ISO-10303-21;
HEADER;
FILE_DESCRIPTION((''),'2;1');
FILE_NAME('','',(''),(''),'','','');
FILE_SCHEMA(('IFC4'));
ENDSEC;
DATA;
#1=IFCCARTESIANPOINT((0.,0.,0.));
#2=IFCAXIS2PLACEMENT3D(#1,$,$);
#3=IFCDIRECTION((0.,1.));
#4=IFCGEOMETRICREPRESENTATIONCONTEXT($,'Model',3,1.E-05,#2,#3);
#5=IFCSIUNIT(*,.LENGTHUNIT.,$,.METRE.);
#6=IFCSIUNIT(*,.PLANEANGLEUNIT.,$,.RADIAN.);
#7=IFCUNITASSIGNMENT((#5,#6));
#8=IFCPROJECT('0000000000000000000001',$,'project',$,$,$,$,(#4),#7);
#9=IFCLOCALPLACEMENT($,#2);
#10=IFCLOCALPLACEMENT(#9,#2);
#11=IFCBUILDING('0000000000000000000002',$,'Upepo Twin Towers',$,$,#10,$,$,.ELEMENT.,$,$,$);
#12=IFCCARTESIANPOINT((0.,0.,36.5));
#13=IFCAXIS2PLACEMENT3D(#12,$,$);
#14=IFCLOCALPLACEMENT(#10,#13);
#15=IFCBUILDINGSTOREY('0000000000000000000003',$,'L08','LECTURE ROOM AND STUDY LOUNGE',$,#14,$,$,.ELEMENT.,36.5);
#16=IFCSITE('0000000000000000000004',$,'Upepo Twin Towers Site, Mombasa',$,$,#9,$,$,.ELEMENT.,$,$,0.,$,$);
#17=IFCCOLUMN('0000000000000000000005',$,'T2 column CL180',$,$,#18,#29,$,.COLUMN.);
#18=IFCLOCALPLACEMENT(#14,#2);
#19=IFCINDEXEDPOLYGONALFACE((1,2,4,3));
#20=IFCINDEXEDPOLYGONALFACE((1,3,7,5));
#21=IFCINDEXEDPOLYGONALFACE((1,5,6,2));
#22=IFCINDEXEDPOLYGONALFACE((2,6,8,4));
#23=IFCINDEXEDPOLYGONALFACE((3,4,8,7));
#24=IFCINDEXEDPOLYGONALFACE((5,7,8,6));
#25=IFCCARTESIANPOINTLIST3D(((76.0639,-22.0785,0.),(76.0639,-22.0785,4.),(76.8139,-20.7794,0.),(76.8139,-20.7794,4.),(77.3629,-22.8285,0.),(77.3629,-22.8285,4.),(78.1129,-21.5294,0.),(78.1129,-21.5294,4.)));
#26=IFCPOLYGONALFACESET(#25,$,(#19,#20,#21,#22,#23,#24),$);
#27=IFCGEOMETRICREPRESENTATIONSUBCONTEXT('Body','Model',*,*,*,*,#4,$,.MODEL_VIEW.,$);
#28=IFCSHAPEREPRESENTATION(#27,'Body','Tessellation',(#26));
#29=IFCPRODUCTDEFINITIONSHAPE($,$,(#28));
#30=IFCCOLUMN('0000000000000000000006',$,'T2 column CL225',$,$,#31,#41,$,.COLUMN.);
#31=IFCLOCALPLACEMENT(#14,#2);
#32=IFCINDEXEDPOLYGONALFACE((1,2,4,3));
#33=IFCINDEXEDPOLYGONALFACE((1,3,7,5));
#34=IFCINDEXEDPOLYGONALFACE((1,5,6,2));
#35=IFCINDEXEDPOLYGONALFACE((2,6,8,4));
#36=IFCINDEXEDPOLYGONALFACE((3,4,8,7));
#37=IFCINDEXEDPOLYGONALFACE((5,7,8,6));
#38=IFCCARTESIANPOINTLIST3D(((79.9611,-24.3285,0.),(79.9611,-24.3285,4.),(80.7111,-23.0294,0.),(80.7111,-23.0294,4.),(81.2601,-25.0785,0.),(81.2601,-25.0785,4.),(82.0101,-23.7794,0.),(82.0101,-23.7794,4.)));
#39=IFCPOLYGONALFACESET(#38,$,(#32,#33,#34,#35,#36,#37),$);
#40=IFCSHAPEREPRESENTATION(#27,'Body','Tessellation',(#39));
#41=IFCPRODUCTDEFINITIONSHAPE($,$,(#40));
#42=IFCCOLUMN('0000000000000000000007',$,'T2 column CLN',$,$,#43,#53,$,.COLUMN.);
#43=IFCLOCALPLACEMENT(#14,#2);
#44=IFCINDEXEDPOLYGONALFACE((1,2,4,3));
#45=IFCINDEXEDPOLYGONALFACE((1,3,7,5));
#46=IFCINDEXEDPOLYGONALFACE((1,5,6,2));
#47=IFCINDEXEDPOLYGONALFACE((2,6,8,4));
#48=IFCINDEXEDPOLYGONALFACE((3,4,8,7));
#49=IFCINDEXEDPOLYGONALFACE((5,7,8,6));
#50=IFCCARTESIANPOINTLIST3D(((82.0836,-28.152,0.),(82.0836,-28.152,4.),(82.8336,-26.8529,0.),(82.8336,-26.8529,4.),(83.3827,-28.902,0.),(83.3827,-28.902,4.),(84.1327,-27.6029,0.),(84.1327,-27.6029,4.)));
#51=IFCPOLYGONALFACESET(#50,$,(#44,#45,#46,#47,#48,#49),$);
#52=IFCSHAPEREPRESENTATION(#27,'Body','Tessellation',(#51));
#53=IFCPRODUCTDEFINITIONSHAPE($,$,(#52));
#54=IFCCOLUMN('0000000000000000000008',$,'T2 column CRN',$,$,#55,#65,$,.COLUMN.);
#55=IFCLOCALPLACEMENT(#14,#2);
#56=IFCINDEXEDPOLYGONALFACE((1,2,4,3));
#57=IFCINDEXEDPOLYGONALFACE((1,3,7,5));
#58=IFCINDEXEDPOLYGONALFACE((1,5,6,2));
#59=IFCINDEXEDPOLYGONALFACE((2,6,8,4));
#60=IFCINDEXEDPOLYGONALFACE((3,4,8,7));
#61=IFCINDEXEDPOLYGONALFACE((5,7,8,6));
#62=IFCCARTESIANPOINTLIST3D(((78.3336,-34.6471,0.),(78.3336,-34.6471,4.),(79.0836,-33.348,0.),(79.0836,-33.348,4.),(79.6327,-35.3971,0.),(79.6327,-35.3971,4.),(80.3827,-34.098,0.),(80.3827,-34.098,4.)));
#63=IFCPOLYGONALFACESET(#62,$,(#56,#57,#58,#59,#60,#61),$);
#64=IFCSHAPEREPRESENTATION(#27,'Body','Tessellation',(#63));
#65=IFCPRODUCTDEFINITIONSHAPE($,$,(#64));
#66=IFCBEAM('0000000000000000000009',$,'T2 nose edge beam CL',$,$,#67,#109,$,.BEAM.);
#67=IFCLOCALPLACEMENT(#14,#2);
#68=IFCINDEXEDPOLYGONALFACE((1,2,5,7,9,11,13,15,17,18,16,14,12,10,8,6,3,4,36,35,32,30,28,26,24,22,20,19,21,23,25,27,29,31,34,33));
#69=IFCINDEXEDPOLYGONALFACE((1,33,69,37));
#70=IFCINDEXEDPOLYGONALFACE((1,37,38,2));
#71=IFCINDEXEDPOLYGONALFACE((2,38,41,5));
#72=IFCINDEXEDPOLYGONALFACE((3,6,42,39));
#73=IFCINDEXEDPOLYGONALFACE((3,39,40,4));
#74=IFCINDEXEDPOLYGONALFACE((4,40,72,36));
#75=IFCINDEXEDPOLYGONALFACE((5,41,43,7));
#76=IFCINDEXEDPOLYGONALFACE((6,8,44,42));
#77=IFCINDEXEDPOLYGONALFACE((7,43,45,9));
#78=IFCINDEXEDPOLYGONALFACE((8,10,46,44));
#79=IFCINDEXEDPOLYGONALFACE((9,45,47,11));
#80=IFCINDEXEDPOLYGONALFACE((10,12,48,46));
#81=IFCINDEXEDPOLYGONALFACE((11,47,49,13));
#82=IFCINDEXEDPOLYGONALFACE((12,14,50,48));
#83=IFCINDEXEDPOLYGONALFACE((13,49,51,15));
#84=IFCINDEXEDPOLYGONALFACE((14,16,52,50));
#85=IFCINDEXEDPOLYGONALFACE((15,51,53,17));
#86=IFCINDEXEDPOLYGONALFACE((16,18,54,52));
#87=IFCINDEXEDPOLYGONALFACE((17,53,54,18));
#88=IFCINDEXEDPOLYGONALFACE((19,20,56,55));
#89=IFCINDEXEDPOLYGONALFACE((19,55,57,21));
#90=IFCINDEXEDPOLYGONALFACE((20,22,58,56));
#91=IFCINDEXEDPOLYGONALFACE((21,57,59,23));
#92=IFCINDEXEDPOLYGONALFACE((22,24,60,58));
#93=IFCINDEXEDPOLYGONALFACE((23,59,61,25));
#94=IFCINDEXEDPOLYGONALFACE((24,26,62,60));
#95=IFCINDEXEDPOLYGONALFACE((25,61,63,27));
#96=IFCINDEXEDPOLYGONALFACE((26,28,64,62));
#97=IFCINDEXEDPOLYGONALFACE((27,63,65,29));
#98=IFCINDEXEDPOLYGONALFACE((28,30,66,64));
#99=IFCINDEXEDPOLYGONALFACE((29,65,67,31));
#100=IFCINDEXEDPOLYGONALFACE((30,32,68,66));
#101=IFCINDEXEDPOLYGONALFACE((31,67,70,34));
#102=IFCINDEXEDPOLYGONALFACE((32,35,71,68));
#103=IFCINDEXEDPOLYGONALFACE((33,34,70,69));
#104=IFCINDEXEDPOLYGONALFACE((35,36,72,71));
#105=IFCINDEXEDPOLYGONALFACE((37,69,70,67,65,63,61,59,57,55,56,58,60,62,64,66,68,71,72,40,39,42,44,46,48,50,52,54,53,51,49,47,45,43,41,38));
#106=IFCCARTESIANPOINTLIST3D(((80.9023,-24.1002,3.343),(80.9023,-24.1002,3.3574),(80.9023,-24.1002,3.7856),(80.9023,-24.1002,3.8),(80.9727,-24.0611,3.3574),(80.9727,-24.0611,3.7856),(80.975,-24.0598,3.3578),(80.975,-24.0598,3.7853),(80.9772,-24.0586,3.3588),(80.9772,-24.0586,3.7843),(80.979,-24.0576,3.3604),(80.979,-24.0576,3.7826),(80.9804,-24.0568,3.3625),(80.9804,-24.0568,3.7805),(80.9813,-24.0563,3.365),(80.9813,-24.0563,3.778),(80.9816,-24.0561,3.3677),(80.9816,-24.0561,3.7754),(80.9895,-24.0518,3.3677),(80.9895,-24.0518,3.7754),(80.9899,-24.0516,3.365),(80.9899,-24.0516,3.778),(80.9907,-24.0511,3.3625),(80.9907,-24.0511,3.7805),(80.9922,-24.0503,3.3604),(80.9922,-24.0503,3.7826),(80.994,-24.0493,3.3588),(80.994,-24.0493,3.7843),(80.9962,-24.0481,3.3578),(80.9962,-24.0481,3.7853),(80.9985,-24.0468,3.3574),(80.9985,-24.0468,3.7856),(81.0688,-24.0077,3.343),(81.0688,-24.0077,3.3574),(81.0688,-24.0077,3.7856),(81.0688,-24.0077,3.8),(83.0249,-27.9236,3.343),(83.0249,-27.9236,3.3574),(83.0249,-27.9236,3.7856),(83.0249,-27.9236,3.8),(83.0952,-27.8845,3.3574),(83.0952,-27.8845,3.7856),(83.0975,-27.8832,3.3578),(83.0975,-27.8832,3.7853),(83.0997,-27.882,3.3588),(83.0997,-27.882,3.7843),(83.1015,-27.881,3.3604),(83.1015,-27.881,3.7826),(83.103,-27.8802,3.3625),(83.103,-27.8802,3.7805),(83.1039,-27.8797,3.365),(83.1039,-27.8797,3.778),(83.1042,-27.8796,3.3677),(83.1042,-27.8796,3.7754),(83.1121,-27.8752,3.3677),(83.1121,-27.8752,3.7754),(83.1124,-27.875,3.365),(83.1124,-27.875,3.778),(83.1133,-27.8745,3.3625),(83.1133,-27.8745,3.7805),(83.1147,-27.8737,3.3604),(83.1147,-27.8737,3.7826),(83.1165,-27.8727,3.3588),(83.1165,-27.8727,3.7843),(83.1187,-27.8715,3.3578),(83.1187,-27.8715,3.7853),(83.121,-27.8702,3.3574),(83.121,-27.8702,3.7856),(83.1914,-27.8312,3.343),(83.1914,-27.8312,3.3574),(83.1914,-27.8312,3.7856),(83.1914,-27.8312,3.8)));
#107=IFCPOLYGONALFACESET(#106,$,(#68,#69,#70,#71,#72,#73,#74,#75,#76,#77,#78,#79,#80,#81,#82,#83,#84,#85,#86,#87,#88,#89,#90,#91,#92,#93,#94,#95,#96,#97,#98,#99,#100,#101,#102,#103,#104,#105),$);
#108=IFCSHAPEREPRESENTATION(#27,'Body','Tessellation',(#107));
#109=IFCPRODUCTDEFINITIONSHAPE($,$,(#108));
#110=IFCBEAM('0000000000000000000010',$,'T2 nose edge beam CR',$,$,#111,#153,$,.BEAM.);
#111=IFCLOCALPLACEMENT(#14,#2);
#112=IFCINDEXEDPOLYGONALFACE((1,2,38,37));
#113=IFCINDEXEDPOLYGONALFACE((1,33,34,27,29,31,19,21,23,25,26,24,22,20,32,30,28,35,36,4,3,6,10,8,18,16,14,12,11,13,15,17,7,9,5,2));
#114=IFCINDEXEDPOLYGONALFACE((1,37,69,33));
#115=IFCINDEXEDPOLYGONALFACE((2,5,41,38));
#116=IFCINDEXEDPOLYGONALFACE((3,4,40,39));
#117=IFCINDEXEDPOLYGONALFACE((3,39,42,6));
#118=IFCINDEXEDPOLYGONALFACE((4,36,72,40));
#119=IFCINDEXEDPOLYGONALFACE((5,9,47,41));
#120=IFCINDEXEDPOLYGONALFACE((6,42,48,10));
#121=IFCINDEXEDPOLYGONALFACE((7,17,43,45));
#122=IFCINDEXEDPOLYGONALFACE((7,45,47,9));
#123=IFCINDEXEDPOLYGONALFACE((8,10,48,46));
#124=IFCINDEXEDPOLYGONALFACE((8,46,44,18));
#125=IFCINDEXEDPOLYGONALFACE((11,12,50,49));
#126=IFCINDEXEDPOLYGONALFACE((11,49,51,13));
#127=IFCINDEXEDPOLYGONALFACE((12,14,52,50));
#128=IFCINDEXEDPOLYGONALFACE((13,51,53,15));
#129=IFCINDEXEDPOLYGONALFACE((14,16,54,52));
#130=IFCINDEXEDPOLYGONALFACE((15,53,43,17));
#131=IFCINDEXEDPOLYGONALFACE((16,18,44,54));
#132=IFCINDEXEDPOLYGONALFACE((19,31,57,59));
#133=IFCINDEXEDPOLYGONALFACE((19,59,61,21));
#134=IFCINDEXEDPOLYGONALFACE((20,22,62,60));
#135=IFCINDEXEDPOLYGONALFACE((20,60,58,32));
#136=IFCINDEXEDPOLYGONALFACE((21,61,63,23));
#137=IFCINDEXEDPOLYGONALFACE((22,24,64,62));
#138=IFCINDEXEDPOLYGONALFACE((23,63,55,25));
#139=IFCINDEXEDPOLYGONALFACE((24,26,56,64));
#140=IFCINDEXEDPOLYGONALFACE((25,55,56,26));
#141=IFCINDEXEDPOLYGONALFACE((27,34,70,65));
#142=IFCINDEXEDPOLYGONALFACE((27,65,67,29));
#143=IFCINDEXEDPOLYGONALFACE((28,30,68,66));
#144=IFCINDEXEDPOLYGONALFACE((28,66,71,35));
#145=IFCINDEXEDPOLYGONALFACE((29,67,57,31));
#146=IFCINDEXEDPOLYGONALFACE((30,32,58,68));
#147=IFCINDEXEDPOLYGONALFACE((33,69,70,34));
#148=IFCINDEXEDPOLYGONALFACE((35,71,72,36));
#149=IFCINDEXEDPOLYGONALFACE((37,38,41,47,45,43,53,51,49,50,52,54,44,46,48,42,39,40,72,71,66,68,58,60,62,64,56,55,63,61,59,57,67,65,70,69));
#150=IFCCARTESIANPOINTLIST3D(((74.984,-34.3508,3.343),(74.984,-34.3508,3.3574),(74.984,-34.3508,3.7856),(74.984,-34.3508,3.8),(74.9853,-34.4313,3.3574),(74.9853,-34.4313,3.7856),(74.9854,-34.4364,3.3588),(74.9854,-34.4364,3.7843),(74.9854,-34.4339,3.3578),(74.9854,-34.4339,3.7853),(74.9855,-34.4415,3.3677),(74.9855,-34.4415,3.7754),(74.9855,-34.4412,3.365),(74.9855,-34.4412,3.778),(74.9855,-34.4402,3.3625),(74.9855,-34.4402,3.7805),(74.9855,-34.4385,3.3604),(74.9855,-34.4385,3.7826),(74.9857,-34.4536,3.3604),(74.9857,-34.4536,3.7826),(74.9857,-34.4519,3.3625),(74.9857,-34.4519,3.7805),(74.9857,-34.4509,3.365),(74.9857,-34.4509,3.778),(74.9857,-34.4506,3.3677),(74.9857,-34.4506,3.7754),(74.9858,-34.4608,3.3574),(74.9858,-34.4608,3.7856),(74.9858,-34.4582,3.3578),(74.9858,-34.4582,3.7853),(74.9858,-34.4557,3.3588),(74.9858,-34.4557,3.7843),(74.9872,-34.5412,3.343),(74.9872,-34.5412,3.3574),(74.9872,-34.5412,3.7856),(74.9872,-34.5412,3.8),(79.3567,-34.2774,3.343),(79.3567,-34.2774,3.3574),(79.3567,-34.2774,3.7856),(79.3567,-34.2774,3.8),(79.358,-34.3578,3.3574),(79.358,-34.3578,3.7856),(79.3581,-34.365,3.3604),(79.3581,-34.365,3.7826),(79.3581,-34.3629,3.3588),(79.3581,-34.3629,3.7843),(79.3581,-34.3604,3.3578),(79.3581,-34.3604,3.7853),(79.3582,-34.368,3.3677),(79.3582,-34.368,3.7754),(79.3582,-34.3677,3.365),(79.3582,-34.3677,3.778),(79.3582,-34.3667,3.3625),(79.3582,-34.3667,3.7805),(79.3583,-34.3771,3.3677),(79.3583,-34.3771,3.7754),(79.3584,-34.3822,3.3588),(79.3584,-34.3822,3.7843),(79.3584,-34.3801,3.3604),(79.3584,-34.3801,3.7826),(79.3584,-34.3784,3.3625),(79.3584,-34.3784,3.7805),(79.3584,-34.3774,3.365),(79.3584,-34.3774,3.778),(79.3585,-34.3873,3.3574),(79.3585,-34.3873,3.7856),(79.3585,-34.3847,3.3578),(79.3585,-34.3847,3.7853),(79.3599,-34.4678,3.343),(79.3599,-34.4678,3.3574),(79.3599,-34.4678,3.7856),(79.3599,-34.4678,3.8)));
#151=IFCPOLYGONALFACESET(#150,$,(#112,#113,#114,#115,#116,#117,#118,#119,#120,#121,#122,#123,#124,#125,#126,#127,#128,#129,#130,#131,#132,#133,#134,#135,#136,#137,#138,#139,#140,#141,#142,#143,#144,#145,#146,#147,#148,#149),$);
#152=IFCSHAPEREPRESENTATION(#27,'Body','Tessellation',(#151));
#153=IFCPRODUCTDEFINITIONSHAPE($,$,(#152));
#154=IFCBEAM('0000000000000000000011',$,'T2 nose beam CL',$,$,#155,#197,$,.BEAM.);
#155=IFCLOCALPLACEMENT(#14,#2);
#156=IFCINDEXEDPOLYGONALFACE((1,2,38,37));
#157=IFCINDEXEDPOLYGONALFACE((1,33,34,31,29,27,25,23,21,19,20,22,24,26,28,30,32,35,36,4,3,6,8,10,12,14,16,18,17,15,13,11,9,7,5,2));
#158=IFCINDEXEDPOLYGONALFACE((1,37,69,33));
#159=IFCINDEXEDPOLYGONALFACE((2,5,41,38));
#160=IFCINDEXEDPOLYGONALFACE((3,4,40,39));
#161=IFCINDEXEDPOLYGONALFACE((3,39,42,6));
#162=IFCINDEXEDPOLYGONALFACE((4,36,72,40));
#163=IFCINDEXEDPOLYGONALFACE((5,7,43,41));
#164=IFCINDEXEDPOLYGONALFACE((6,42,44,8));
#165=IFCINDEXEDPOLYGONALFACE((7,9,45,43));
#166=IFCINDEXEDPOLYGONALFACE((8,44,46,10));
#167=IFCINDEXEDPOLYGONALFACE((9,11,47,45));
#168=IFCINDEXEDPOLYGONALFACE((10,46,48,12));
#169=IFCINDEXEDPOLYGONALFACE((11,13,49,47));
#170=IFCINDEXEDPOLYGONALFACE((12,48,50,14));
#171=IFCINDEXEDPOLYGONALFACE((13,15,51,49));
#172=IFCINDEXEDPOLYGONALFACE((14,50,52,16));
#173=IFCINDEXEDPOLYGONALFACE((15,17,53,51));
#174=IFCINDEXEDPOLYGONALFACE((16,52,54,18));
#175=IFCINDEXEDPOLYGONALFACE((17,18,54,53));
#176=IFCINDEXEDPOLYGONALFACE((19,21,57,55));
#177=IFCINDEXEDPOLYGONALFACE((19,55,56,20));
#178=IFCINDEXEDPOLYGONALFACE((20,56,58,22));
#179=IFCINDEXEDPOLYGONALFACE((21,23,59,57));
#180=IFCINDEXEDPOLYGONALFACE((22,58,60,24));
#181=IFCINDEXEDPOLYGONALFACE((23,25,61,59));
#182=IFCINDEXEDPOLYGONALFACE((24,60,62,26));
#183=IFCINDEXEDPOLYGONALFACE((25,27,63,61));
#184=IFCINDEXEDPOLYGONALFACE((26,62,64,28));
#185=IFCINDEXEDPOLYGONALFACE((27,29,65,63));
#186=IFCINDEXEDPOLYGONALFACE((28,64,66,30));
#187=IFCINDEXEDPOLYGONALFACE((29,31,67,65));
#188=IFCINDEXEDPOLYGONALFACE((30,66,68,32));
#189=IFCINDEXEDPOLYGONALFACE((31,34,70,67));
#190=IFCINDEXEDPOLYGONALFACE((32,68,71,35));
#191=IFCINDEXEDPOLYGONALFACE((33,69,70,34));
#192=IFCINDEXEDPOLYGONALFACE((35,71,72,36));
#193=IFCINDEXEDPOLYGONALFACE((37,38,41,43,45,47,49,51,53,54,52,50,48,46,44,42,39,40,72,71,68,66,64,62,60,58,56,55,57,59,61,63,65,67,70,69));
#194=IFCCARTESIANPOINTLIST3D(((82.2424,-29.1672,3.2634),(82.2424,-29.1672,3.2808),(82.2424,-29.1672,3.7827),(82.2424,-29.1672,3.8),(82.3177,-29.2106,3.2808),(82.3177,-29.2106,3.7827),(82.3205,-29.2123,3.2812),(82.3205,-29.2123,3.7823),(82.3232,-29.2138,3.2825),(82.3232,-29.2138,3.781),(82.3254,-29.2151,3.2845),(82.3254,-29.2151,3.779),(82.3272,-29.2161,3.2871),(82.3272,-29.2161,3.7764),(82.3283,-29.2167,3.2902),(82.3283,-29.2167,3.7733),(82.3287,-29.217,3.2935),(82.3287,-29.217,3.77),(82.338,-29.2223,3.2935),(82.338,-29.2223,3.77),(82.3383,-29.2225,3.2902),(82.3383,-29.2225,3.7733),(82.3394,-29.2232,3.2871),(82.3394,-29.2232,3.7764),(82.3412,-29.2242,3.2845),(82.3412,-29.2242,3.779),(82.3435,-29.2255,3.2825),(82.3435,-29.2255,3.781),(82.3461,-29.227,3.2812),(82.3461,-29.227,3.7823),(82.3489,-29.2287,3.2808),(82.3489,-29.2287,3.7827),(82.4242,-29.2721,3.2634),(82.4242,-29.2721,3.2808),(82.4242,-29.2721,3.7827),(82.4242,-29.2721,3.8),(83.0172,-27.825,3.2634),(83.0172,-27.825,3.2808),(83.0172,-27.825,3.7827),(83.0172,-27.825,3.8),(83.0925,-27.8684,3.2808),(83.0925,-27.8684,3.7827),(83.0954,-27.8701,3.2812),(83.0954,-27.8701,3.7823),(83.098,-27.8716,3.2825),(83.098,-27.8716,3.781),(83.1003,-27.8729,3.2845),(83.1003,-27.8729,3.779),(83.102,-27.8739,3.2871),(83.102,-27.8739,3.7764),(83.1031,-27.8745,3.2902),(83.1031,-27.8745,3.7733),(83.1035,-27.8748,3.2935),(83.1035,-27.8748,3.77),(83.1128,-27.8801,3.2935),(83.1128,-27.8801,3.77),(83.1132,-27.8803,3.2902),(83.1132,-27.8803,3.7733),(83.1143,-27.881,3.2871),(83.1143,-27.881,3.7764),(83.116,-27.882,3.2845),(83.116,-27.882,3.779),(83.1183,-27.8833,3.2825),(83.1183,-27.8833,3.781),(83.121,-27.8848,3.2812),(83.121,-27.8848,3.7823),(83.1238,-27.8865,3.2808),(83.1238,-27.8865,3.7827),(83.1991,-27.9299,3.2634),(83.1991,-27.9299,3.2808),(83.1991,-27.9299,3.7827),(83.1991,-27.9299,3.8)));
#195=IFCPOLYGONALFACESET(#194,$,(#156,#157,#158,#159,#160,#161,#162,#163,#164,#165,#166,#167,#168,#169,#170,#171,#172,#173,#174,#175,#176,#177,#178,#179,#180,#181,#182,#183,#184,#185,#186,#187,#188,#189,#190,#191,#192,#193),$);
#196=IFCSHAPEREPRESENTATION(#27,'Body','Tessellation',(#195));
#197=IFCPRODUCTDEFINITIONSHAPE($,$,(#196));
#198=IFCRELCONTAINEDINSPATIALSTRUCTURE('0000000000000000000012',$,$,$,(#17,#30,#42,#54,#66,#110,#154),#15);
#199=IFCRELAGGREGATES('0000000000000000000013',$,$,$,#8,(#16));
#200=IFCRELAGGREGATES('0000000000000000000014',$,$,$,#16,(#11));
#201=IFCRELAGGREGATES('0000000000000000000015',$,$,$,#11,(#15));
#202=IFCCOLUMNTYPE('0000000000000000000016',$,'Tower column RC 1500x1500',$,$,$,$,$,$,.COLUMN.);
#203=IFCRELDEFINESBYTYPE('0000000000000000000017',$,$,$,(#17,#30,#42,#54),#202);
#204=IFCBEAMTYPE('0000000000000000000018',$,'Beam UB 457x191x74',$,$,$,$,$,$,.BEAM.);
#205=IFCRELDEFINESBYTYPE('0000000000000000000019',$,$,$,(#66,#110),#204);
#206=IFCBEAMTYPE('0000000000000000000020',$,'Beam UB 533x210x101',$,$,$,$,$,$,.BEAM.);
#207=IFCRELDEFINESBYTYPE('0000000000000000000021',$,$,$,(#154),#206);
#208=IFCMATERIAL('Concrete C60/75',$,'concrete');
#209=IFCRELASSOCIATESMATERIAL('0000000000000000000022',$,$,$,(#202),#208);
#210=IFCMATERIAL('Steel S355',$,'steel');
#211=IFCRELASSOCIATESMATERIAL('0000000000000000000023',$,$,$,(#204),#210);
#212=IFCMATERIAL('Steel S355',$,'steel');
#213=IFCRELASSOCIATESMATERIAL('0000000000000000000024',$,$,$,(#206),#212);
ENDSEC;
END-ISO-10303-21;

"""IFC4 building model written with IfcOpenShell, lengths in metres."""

from ifc_helpers import new_model, si_unit, direction, frame, origin, origin_2d, place, context, subcontext, project, spatial, rectangle, i_section, extrude, material, material_profile, profile_set, type_object, element, save


model = new_model("IFC4")

# Units and contexts
model_context = context("Model", 3, precision=1e-05, world=origin(), true_north=direction((0.0, 1.0)))
body_context = subcontext(model_context, "Body", "Model", "MODEL_VIEW")
ifc_project = project(units=[si_unit("LENGTHUNIT", "METRE"), si_unit("PLANEANGLEUNIT", "RADIAN")], contexts=[model_context])

# Site, building, storey
site_placement = place(None, origin())
site = spatial("IfcSite", under=ifc_project, at=site_placement, Name="Upepo Twin Towers Site, Mombasa", CompositionType="ELEMENT", RefElevation=0.0)
building_placement = place(site_placement, origin())
building = spatial("IfcBuilding", under=site, at=building_placement, Name="Upepo Twin Towers", CompositionType="ELEMENT")
storey_placement = place(building_placement, frame((0.0, 0.0, 36.5)))
storey = spatial("IfcBuildingStorey", under=building, at=storey_placement, Name="L08", Description="LECTURE ROOM AND STUDY LOUNGE", CompositionType="ELEMENT", Elevation=36.5)

# Columns
ifc_material_1 = material(Name="Concrete C60/75", Category="concrete")
ifc_material_profile_1 = material_profile(ifc_material_1, rectangle(XDim=1.5, YDim=1.5, at=origin_2d()), Name="RC 1500x1500")
ifc_profile_set_1 = profile_set([ifc_material_profile_1], Name="Concrete C60/75")
column_type = type_object("IfcColumnType", Name="Tower column RC 1500x1500", PredefinedType="COLUMN", material=ifc_profile_set_1)
for number, where, z_axis, x_axis, name in (
    (1, (77.0884, -21.804, 0.0), (0.0, 0.0, 1.0), (0.5, 0.866025, 0.0), "T2 column CL180"),
    (2, (80.9856, -24.054, 0.0), (0.0, 0.0, 1.0), (0.5, 0.866025, 0.0), "T2 column CL225"),
    (3, (83.1082, -27.8774, 0.0), (0.0, 0.0, 1.0), (0.5, 0.866025, 0.0), "T2 column CLN"),
    (4, (79.3582, -34.3726, 0.0), (0.0, 0.0, 1.0), (0.5, 0.866025, 0.0), "T2 column CRN"),
):
    element("IfcColumn", number, at=place(storey_placement, frame(where, z_axis=z_axis, x_axis=x_axis)), inside=storey, type_object=column_type, Name=name, PredefinedType="COLUMN", context=body_context, shape_type="SweptSolid", body=[
        extrude(rectangle(XDim=1.5, YDim=1.5, at=origin_2d()), origin(), (0.0, 0.0, 1.0), 4.0),
    ])

# Beams
ifc_material_2 = material(Name="Steel S355", Category="steel")
ifc_material_profile_2 = material_profile(ifc_material_2, i_section(OverallWidth=0.1904, OverallDepth=0.457, WebThickness=0.009, FlangeThickness=0.0144, FilletRadius=0.0103, at=origin_2d()), Name="UB 457x191x74")
ifc_profile_set_2 = profile_set([ifc_material_profile_2], Name="Steel S355")
beam_type_1 = type_object("IfcBeamType", Name="Beam UB 457x191x74", PredefinedType="BEAM", material=ifc_profile_set_2)
beam_1_placement = place(storey_placement, frame((80.9856, -24.054, 3.5715), z_axis=(0.485363, -0.874313, 0.0), x_axis=(0.874313, 0.485363, 0.0)))
element("IfcBeam", 5, at=beam_1_placement, inside=storey, type_object=beam_type_1, Name="T2 nose edge beam CL", PredefinedType="BEAM", context=body_context, shape_type="SweptSolid", body=[
    extrude(i_section(OverallWidth=0.1904, OverallDepth=0.457, WebThickness=0.009, FlangeThickness=0.0144, FilletRadius=0.0103, at=origin_2d()), origin(), (0.0, 0.0, 1.0), 4.373),
])
beam_2_placement = place(storey_placement, frame((74.9856, -34.446, 3.5715), z_axis=(0.999859, 0.016804, 0.0), x_axis=(-0.016804, 0.999859, 0.0)))
element("IfcBeam", 6, at=beam_2_placement, inside=storey, type_object=beam_type_1, Name="T2 nose edge beam CR", PredefinedType="BEAM", context=body_context, shape_type="SweptSolid", body=[
    extrude(i_section(OverallWidth=0.1904, OverallDepth=0.457, WebThickness=0.009, FlangeThickness=0.0144, FilletRadius=0.0103, at=origin_2d()), origin(), (0.0, 0.0, 1.0), 4.3733),
])
ifc_material_3 = material(Name="Steel S355", Category="steel")
ifc_material_profile_3 = material_profile(ifc_material_3, i_section(OverallWidth=0.21, OverallDepth=0.5366, WebThickness=0.0107, FlangeThickness=0.0173, FilletRadius=0.0127, at=origin_2d()), Name="UB 533x210x101")
ifc_profile_set_3 = profile_set([ifc_material_profile_3], Name="Steel S355")
beam_type_2 = type_object("IfcBeamType", Name="Beam UB 533x210x101", PredefinedType="BEAM", material=ifc_profile_set_3)
for number, where, z_axis, x_axis, name in (
    (7, (83.1082, -27.8774, 3.5317), (-0.499968, -0.866044, 0.0), (0.866044, -0.499968, 0.0), "T2 nose beam CL"),
):
    element("IfcBeam", number, at=place(storey_placement, frame(where, z_axis=z_axis, x_axis=x_axis)), inside=storey, type_object=beam_type_2, Name=name, PredefinedType="BEAM", context=body_context, shape_type="SweptSolid", body=[
        extrude(i_section(OverallWidth=0.21, OverallDepth=0.5366, WebThickness=0.0107, FlangeThickness=0.0173, FilletRadius=0.0127, at=origin_2d()), origin(), (0.0, 0.0, 1.0), 1.5498),
    ])

save(model, "model.ifc")
